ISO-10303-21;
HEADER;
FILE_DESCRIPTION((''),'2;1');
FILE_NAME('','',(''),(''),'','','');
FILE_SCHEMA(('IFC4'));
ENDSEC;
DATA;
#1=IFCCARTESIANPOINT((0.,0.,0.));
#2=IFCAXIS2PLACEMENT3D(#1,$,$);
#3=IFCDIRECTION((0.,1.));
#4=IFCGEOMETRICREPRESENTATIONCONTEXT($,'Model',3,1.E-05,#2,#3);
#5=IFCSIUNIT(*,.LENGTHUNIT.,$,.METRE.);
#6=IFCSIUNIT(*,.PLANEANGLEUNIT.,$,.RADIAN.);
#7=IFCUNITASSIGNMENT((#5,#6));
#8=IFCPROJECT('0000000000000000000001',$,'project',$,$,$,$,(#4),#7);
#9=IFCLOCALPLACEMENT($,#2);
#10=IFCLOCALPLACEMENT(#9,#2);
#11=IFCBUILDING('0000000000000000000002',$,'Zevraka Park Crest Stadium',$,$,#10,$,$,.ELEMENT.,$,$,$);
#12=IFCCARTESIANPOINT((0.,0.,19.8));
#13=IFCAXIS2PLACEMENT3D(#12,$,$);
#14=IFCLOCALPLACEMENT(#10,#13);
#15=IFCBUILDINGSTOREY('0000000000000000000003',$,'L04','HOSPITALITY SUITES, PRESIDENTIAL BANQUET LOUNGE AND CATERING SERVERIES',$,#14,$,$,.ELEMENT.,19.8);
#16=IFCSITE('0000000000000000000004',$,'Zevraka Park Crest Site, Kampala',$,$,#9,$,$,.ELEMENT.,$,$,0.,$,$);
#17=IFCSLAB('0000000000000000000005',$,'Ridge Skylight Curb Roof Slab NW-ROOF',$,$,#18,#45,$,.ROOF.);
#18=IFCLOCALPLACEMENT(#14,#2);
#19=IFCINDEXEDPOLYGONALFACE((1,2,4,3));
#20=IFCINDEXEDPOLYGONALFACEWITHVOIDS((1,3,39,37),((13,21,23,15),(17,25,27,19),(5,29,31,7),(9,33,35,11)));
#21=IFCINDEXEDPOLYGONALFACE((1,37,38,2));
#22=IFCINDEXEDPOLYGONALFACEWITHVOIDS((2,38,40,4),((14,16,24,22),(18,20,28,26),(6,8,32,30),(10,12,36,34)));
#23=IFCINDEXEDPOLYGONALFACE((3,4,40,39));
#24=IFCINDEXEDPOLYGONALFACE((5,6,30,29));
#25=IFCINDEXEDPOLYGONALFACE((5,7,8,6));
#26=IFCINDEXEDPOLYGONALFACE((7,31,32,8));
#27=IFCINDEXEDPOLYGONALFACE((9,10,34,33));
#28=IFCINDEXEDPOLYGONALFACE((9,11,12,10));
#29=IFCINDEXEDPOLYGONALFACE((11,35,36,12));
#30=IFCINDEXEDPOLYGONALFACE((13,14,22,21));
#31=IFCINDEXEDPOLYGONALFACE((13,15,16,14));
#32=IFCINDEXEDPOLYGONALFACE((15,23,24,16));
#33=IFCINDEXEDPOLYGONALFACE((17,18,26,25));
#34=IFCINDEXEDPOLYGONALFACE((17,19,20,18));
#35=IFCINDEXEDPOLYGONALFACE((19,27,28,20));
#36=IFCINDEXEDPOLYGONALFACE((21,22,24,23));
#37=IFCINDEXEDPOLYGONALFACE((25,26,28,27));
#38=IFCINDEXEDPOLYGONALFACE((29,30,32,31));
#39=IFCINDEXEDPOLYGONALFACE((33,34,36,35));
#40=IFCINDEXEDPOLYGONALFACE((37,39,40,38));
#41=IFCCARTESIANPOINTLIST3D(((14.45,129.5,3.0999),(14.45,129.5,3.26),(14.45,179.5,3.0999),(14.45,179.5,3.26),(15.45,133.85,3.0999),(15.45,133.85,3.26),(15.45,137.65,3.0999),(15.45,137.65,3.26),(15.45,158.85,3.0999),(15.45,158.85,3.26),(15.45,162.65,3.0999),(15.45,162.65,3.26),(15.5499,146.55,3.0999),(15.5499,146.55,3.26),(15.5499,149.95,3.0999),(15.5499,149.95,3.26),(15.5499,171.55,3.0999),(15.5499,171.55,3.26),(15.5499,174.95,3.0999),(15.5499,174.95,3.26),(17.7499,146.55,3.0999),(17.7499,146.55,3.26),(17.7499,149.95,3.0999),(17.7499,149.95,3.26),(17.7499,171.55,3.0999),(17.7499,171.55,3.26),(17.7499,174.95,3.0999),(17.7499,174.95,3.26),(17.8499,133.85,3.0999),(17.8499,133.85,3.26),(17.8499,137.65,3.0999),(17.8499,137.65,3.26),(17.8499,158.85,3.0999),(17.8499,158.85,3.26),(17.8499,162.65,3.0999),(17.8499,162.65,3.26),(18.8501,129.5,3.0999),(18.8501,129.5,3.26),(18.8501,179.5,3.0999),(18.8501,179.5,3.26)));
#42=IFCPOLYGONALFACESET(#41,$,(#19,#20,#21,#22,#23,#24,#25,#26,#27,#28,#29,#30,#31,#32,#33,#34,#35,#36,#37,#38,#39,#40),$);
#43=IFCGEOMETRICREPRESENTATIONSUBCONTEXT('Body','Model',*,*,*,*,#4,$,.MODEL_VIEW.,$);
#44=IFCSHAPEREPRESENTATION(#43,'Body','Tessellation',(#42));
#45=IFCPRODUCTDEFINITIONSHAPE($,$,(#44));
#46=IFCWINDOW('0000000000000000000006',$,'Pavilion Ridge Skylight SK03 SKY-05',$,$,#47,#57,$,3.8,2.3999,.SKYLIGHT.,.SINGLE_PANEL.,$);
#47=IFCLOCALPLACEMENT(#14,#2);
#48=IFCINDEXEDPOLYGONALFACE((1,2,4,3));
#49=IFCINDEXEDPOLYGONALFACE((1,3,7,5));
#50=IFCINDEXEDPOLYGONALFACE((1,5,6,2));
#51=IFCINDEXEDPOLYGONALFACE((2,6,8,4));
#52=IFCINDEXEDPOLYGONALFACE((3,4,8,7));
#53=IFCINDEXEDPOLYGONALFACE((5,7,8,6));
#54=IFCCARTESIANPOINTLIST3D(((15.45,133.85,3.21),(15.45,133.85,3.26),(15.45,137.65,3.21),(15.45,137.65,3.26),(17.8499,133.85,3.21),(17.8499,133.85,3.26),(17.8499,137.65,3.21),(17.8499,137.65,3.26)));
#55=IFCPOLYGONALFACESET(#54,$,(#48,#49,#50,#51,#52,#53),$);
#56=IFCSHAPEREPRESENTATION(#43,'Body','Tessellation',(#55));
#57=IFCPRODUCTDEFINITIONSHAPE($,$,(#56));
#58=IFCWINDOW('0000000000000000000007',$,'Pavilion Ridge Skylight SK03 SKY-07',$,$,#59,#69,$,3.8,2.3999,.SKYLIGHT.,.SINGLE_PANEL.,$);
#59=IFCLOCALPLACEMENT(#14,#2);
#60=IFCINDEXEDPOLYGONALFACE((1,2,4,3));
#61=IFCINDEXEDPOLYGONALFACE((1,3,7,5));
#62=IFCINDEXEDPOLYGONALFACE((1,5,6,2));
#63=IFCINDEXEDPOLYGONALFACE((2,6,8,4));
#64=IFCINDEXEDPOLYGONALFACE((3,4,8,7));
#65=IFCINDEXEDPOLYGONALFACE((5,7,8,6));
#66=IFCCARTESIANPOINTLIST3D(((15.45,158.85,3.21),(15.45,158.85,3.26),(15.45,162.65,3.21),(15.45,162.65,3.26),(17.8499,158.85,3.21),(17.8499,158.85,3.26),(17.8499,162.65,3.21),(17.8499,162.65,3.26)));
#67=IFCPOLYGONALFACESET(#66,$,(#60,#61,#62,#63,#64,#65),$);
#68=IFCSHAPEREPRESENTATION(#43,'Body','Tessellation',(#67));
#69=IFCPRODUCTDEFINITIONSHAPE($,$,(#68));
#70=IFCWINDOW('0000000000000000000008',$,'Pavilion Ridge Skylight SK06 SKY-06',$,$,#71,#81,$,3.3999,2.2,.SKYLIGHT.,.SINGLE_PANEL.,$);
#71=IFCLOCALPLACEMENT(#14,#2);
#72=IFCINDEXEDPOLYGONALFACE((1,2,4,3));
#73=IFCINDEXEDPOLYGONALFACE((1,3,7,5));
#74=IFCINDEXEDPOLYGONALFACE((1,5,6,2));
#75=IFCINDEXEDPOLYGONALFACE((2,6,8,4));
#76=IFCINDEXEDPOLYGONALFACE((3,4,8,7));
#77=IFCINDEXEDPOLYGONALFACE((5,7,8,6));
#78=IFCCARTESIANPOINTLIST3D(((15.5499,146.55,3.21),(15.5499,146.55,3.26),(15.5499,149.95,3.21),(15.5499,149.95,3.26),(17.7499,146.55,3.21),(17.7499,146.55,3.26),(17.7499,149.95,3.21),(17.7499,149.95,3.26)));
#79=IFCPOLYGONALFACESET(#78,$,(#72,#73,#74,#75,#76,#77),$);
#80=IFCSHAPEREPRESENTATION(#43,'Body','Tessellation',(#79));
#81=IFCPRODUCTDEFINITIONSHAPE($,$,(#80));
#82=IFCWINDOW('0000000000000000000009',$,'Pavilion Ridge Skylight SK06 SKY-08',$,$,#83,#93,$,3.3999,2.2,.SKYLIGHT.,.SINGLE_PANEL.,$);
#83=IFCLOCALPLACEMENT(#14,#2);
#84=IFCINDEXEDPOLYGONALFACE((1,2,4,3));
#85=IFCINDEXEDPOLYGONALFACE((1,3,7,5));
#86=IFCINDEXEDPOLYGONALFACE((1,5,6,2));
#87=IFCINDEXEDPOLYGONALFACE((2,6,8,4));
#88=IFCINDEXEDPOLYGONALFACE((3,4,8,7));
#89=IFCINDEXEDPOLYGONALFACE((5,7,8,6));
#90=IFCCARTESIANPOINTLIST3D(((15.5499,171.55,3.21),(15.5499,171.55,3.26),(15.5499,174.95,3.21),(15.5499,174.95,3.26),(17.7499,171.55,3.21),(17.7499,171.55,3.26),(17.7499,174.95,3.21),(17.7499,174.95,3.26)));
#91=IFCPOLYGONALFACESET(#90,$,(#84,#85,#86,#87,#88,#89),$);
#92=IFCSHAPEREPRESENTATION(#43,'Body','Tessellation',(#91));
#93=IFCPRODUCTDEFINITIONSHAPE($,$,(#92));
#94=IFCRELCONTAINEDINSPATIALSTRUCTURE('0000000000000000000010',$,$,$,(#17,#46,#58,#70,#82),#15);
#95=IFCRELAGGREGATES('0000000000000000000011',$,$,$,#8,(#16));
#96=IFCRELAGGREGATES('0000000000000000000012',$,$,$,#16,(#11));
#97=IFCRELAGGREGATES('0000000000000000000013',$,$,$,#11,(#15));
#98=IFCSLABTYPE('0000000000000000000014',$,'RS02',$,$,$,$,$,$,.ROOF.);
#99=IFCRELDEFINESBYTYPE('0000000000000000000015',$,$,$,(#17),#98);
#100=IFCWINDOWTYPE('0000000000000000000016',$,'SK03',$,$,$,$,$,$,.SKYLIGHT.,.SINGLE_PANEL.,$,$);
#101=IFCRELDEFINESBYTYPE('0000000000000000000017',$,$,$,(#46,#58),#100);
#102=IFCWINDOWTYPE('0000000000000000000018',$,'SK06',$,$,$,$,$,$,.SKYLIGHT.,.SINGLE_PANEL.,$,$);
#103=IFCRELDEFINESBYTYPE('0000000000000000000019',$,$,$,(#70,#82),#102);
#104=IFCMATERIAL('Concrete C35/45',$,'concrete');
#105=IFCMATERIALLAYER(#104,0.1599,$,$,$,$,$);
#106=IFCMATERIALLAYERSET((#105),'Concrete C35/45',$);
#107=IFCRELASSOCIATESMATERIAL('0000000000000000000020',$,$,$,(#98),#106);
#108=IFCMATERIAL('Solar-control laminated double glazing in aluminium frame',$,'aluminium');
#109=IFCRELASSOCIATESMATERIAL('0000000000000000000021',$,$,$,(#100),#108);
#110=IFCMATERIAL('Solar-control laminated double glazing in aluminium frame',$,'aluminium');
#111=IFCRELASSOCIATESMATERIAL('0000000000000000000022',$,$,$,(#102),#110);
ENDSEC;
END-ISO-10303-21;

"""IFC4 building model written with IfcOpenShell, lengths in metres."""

from ifc_helpers import new_model, si_unit, direction, frame, origin, origin_2d, place, context, subcontext, project, spatial, polyline, rectangle, outline, extrude, material, layer, layer_set, type_object, element, fill, save


model = new_model("IFC4")

# Units and contexts
model_context = context("Model", 3, precision=1e-05, world=origin(), true_north=direction((0.0, 1.0)))
body_context = subcontext(model_context, "Body", "Model", "MODEL_VIEW")
ifc_project = project(units=[si_unit("LENGTHUNIT", "METRE"), si_unit("PLANEANGLEUNIT", "RADIAN")], contexts=[model_context])

# Site, building, storey
site_placement = place(None, origin())
site = spatial("IfcSite", under=ifc_project, at=site_placement, Name="Zevraka Park Crest Site, Kampala", CompositionType="ELEMENT", RefElevation=0.0)
building_placement = place(site_placement, origin())
building = spatial("IfcBuilding", under=site, at=building_placement, Name="Zevraka Park Crest Stadium", CompositionType="ELEMENT")
storey_placement = place(building_placement, frame((0.0, 0.0, 19.8)))
storey = spatial("IfcBuildingStorey", under=building, at=storey_placement, Name="L04", Description="HOSPITALITY SUITES, PRESIDENTIAL BANQUET LOUNGE AND CATERING SERVERIES", CompositionType="ELEMENT", Elevation=19.8)

# Slab, openings, windows
ifc_material_1 = material(Name="Concrete C35/45", Category="concrete")
ifc_layer_1 = layer(ifc_material_1, 0.1599)
ifc_layer_set_1 = layer_set([ifc_layer_1], Name="Concrete C35/45")
slab_type_1 = type_object("IfcSlabType", Name="RS02", PredefinedType="ROOF", material=ifc_layer_set_1)
slab_1_placement = place(storey_placement, frame((0.0, 0.0, 3.0999)))
slab_1 = element("IfcSlab", 1, at=slab_1_placement, inside=storey, type_object=slab_type_1, Name="Ridge Skylight Curb Roof Slab NW-ROOF", PredefinedType="ROOF", context=body_context, shape_type="SweptSolid", body=[
    extrude(outline(polyline([(14.45, 129.5), (18.8501, 129.5), (18.8501, 179.5), (14.45, 179.5), (14.45, 129.5)])), origin(), (0.0, 0.0, 1.0), 0.1602),
])
opening_1_placement = place(slab_1_placement, frame((16.6499, 135.75, 0.0)))
opening_1 = element("IfcOpeningElement", 2, at=opening_1_placement, cuts=slab_1, PredefinedType="OPENING", context=body_context, shape_type="SweptSolid", body=[
    extrude(rectangle(XDim=2.3999, YDim=3.8, at=origin_2d()), origin(), (0.0, 0.0, 1.0), 0.1602),
])
opening_2_placement = place(slab_1_placement, frame((16.6499, 148.25, 0.0)))
opening_2 = element("IfcOpeningElement", 3, at=opening_2_placement, cuts=slab_1, PredefinedType="OPENING", context=body_context, shape_type="SweptSolid", body=[
    extrude(rectangle(XDim=2.2, YDim=3.3999, at=origin_2d()), origin(), (0.0, 0.0, 1.0), 0.1602),
])
opening_3_placement = place(slab_1_placement, frame((16.6499, 160.75, 0.0)))
opening_3 = element("IfcOpeningElement", 4, at=opening_3_placement, cuts=slab_1, PredefinedType="OPENING", context=body_context, shape_type="SweptSolid", body=[
    extrude(rectangle(XDim=2.3999, YDim=3.8, at=origin_2d()), origin(), (0.0, 0.0, 1.0), 0.1602),
])
opening_4_placement = place(slab_1_placement, frame((16.6499, 173.25, 0.0)))
opening_4 = element("IfcOpeningElement", 5, at=opening_4_placement, cuts=slab_1, PredefinedType="OPENING", context=body_context, shape_type="SweptSolid", body=[
    extrude(rectangle(XDim=2.2, YDim=3.3999, at=origin_2d()), origin(), (0.0, 0.0, 1.0), 0.1602),
])
ifc_material_2 = material(Name="Solar-control laminated double glazing in aluminium frame", Category="aluminium")
window_type_1 = type_object("IfcWindowType", Name="SK03", PartitioningType="SINGLE_PANEL", PredefinedType="SKYLIGHT", material=ifc_material_2)
window_1_placement = place(opening_1_placement, frame((0.0, 0.0, 0.1101)))
window_1 = element("IfcWindow", 6, at=window_1_placement, inside=storey, type_object=window_type_1, Name="Pavilion Ridge Skylight SK03 SKY-05", OverallHeight=3.8, OverallWidth=2.3999, PartitioningType="SINGLE_PANEL", PredefinedType="SKYLIGHT", context=body_context, shape_type="SweptSolid", body=[
    extrude(rectangle(XDim=2.3999, YDim=3.8, at=origin_2d()), origin(), (0.0, 0.0, 1.0), 0.05),
])
fill(opening_1, window_1)
window_2_placement = place(opening_3_placement, frame((0.0, 0.0, 0.1101)))
window_2 = element("IfcWindow", 7, at=window_2_placement, inside=storey, type_object=window_type_1, Name="Pavilion Ridge Skylight SK03 SKY-07", OverallHeight=3.8, OverallWidth=2.3999, PartitioningType="SINGLE_PANEL", PredefinedType="SKYLIGHT", context=body_context, shape_type="SweptSolid", body=[
    extrude(rectangle(XDim=2.3999, YDim=3.8, at=origin_2d()), origin(), (0.0, 0.0, 1.0), 0.05),
])
fill(opening_3, window_2)
ifc_material_3 = material(Name="Solar-control laminated double glazing in aluminium frame", Category="aluminium")
window_type_2 = type_object("IfcWindowType", Name="SK06", PartitioningType="SINGLE_PANEL", PredefinedType="SKYLIGHT", material=ifc_material_3)
window_3_placement = place(opening_2_placement, frame((0.0, 0.0, 0.1101)))
window_3 = element("IfcWindow", 8, at=window_3_placement, inside=storey, type_object=window_type_2, Name="Pavilion Ridge Skylight SK06 SKY-06", OverallHeight=3.3999, OverallWidth=2.2, PartitioningType="SINGLE_PANEL", PredefinedType="SKYLIGHT", context=body_context, shape_type="SweptSolid", body=[
    extrude(rectangle(XDim=2.2, YDim=3.3999, at=origin_2d()), origin(), (0.0, 0.0, 1.0), 0.05),
])
fill(opening_2, window_3)
window_4_placement = place(opening_4_placement, frame((0.0, 0.0, 0.1101)))
window_4 = element("IfcWindow", 9, at=window_4_placement, inside=storey, type_object=window_type_2, Name="Pavilion Ridge Skylight SK06 SKY-08", OverallHeight=3.3999, OverallWidth=2.2, PartitioningType="SINGLE_PANEL", PredefinedType="SKYLIGHT", context=body_context, shape_type="SweptSolid", body=[
    extrude(rectangle(XDim=2.2, YDim=3.3999, at=origin_2d()), origin(), (0.0, 0.0, 1.0), 0.05),
])
fill(opening_4, window_4)

save(model, "model.ifc")
